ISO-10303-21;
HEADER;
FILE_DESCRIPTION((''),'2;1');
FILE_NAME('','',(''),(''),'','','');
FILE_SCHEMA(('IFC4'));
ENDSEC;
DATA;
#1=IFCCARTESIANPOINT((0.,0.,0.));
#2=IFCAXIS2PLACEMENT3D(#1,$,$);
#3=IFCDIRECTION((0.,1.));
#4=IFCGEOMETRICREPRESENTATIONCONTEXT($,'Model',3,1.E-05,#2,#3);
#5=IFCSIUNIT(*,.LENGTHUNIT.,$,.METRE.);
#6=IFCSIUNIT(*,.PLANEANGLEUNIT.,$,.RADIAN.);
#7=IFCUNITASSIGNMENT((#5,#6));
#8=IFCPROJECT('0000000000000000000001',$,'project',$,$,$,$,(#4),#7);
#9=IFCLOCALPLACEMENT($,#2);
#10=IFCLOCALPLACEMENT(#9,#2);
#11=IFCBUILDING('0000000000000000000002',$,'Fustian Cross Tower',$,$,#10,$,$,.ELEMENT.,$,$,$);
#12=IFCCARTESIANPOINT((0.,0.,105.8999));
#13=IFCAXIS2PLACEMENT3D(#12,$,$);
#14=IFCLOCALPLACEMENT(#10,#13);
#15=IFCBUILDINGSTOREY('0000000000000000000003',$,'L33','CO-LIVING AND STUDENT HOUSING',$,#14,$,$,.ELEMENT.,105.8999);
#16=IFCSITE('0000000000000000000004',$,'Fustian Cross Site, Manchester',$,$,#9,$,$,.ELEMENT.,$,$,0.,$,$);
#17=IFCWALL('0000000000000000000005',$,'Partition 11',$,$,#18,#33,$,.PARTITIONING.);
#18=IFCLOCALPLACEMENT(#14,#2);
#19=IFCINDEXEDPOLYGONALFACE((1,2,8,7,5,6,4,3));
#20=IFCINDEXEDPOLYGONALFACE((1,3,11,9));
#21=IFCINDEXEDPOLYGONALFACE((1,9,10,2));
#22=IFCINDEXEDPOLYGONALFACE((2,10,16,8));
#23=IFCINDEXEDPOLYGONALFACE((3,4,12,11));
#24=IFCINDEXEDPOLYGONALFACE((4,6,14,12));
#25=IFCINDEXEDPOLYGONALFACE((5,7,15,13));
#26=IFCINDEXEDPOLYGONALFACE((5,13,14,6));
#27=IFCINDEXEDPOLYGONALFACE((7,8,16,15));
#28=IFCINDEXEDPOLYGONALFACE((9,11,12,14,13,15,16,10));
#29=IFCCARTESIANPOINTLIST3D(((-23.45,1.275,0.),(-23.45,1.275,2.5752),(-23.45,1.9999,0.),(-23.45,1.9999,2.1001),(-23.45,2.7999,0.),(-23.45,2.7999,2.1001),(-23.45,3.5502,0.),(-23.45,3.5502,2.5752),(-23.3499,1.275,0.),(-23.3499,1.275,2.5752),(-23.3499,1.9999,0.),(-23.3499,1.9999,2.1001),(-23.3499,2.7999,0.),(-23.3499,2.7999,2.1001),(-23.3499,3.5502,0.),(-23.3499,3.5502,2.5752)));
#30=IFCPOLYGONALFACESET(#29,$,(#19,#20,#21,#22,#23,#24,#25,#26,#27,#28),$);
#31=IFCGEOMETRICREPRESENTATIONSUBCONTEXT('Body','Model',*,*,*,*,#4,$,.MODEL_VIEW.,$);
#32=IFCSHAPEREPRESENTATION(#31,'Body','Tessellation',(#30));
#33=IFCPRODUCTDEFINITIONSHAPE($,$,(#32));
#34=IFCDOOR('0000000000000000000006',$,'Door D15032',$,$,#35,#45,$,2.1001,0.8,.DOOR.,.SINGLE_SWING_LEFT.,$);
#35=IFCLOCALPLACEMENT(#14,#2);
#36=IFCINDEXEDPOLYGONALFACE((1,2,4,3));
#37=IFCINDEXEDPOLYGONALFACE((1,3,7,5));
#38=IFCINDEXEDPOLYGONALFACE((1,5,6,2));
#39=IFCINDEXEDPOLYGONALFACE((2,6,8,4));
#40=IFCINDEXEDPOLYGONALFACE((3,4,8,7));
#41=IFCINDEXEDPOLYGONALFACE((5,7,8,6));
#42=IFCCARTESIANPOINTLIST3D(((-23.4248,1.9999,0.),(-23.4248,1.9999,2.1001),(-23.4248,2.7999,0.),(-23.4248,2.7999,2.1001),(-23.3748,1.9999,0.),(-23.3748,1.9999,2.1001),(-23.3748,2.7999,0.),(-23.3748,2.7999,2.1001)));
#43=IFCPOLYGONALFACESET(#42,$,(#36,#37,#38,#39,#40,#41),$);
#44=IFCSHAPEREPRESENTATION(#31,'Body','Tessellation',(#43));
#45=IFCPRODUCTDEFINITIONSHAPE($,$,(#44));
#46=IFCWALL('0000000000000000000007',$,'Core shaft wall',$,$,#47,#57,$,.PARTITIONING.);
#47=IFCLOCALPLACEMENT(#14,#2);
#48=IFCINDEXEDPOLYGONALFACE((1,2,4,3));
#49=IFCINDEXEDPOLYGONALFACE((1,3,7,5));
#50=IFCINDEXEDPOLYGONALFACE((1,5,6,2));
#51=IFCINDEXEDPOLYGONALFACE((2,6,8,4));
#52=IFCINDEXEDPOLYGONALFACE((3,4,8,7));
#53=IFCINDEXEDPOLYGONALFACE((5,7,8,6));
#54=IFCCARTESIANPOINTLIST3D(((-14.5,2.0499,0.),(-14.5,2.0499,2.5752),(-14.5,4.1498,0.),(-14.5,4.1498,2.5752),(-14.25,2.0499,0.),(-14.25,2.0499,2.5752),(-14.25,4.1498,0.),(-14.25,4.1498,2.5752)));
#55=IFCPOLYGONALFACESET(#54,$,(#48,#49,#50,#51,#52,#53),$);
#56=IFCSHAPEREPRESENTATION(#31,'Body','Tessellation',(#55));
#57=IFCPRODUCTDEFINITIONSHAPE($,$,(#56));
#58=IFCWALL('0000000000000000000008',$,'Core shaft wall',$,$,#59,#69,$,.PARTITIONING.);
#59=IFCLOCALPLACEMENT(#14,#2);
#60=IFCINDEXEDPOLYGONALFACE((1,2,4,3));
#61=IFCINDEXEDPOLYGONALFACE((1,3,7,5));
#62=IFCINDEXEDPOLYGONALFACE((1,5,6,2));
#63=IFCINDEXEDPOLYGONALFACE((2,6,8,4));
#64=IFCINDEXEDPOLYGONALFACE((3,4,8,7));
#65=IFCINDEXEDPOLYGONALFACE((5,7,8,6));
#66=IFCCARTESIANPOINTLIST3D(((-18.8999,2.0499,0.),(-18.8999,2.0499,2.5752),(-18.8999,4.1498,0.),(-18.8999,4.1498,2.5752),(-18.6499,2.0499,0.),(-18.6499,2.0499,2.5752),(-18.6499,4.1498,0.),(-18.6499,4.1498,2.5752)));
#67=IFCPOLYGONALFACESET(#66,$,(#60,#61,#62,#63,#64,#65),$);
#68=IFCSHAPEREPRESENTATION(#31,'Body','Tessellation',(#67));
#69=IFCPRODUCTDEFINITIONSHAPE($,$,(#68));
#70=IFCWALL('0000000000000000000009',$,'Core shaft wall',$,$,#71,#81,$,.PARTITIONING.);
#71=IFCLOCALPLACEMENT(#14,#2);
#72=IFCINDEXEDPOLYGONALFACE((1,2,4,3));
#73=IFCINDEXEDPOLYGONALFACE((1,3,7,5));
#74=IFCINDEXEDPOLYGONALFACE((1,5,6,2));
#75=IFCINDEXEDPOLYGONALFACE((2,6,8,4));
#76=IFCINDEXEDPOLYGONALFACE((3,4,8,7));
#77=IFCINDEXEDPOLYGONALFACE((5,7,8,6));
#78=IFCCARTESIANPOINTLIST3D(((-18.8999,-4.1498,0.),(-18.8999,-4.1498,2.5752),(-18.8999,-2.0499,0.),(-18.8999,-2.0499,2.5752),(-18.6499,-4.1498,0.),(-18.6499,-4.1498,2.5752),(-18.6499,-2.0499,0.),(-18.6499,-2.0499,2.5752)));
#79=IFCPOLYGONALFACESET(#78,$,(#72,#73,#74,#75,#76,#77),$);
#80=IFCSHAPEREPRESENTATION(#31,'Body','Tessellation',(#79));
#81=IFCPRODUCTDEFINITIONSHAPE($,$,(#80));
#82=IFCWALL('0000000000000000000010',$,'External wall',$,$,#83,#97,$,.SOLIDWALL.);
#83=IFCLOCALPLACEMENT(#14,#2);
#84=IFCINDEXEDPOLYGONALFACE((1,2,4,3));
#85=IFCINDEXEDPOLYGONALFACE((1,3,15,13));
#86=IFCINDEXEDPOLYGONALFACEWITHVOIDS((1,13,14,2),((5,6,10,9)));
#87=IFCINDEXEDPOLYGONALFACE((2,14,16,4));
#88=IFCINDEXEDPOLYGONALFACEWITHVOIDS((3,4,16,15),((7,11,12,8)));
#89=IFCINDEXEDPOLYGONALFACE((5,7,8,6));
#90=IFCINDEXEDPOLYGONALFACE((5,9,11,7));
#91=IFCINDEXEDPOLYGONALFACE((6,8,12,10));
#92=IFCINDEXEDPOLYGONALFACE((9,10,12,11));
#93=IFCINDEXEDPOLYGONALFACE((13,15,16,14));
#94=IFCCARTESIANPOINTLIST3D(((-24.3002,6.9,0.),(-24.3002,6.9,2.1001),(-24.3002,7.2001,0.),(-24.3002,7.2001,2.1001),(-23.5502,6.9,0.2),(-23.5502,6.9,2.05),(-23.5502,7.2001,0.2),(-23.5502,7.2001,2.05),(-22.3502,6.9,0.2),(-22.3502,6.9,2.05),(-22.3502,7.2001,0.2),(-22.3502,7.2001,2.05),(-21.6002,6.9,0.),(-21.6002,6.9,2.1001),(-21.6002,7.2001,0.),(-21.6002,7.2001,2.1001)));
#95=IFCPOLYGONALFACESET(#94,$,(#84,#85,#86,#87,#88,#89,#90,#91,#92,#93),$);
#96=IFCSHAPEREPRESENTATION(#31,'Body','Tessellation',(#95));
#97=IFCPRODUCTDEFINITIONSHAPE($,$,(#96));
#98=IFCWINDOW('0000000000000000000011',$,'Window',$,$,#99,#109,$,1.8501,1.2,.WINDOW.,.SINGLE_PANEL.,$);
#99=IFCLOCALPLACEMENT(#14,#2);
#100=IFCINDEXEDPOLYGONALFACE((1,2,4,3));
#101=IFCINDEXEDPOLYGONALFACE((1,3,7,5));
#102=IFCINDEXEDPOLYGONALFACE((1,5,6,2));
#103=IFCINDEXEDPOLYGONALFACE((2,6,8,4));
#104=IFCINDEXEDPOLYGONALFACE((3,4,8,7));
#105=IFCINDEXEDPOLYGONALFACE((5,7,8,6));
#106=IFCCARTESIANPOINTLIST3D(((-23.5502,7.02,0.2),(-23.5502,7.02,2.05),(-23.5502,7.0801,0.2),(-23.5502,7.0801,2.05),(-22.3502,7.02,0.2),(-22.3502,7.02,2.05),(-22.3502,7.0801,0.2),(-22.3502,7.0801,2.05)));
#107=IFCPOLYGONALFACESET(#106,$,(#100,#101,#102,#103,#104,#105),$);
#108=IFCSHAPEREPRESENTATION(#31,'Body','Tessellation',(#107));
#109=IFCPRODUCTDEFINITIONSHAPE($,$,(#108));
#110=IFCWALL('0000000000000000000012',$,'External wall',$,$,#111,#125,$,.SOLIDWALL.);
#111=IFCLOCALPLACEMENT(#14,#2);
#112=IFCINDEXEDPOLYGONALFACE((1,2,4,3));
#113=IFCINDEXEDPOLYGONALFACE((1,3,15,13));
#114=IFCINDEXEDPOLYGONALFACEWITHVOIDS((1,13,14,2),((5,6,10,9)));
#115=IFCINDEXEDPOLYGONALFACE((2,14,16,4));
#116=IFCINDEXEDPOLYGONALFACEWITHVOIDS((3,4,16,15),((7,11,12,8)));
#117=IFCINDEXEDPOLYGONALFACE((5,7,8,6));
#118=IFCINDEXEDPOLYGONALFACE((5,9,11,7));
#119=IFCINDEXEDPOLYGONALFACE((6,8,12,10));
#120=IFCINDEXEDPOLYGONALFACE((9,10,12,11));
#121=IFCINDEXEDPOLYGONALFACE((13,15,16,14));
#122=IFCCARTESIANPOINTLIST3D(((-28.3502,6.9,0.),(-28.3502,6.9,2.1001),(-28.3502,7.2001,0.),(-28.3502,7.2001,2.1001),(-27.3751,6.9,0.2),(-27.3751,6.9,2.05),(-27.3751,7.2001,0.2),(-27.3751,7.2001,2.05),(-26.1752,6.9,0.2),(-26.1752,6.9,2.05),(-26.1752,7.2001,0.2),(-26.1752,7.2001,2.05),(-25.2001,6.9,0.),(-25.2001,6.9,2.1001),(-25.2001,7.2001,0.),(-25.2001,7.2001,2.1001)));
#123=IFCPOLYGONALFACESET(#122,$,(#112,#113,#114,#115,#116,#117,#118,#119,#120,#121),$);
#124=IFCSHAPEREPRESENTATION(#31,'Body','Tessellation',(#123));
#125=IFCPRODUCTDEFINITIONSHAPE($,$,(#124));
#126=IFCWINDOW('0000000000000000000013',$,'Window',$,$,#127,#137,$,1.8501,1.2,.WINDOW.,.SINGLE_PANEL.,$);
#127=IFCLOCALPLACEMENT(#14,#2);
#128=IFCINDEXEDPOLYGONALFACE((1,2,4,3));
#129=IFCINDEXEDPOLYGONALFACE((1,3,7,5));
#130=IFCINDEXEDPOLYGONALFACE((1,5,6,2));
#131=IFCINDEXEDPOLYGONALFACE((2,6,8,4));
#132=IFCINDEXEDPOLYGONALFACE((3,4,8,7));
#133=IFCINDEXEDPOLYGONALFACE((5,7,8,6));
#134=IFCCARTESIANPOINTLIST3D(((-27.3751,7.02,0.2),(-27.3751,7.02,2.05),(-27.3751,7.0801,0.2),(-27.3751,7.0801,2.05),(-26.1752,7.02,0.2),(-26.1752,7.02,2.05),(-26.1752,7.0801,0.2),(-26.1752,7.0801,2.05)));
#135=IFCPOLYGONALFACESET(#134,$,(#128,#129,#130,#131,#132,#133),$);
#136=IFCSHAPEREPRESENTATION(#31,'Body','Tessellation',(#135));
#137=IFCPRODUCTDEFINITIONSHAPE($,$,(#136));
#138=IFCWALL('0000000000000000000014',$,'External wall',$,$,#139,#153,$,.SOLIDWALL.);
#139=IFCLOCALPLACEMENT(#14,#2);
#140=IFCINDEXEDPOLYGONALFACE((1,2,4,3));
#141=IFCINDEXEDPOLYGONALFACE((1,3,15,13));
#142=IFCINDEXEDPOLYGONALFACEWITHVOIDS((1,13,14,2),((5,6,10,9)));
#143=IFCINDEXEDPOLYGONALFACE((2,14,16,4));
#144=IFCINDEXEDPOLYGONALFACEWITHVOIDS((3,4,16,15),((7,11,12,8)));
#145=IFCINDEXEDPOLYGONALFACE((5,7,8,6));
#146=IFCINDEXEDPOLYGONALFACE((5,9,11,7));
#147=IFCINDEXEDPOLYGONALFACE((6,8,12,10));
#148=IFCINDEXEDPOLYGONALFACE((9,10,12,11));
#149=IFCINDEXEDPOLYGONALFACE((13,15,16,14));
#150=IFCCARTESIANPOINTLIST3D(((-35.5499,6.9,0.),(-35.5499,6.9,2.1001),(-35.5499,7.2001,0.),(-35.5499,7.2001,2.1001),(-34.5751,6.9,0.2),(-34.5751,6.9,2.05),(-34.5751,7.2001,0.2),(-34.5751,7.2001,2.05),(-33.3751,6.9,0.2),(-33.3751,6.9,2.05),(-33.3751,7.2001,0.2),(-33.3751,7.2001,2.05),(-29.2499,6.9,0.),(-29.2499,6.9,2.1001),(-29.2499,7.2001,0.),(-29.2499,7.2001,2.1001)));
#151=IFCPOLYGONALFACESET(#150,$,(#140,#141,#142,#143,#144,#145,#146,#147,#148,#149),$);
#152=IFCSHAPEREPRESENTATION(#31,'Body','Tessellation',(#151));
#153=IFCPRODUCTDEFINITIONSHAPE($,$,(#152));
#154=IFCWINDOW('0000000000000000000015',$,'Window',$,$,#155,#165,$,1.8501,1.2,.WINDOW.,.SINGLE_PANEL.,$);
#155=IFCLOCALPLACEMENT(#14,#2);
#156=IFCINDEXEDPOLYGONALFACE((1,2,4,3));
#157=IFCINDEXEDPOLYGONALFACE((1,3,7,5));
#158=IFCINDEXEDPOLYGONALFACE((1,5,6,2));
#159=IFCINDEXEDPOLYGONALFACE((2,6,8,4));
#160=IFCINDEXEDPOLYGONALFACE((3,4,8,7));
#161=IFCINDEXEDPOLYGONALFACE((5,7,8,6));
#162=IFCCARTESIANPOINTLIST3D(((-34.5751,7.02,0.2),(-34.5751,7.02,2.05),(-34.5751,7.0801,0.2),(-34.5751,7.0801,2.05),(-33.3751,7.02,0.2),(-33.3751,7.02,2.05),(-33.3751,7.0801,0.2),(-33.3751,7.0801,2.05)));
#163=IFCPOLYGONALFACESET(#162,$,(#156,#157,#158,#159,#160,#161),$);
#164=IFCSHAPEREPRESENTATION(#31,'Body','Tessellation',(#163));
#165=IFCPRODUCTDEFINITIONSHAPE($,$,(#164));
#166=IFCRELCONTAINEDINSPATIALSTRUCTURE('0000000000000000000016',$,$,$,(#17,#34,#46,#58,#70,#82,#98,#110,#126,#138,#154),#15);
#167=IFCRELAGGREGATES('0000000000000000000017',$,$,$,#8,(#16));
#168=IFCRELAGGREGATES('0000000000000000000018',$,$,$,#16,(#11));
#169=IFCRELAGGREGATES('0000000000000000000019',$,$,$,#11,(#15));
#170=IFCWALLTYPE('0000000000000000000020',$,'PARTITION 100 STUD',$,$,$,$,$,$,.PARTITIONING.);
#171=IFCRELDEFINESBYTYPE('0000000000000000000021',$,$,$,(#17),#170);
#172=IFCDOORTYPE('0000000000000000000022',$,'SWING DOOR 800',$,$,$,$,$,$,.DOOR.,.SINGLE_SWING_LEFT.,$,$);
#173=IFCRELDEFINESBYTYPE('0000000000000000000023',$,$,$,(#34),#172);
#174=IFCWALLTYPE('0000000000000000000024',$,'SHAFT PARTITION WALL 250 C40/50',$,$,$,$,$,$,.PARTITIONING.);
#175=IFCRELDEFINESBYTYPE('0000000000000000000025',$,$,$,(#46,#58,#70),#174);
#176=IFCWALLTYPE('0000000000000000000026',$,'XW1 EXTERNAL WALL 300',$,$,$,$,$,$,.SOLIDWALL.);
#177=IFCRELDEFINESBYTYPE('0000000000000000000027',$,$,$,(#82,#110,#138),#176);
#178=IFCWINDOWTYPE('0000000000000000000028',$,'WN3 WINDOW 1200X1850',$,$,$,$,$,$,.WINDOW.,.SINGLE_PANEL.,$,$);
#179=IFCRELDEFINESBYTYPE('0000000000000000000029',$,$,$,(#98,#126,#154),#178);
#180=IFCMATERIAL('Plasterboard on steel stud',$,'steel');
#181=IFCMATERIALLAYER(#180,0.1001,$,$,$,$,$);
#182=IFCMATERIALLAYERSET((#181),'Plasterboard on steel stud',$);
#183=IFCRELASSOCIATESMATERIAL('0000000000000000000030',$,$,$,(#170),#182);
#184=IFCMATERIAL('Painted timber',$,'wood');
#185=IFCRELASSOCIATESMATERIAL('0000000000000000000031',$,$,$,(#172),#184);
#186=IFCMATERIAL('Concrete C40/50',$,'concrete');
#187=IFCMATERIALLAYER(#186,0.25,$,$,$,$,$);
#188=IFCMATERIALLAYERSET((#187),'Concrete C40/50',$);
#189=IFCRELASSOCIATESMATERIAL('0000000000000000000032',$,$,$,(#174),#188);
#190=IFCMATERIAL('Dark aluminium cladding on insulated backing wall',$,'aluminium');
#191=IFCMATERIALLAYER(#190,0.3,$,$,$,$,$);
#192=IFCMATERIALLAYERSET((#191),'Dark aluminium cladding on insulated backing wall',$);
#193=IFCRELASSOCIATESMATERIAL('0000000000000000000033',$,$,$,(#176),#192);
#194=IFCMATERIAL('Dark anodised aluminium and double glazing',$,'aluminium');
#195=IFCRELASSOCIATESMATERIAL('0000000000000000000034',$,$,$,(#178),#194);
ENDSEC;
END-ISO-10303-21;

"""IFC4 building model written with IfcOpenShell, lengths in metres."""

from ifc_helpers import new_model, si_unit, direction, frame, frame_2d, origin, place, context, subcontext, project, spatial, rectangle, extrude, material, layer, layer_set, type_object, element, fill, save


model = new_model("IFC4")

# Units and contexts
model_context = context("Model", 3, precision=1e-05, world=origin(), true_north=direction((0.0, 1.0)))
body_context = subcontext(model_context, "Body", "Model", "MODEL_VIEW")
ifc_project = project(units=[si_unit("LENGTHUNIT", "METRE"), si_unit("PLANEANGLEUNIT", "RADIAN")], contexts=[model_context])

# Site, building, storey
site_placement = place(None, origin())
site = spatial("IfcSite", under=ifc_project, at=site_placement, Name="Fustian Cross Site, Manchester", CompositionType="ELEMENT", RefElevation=0.0)
building_placement = place(site_placement, origin())
building = spatial("IfcBuilding", under=site, at=building_placement, Name="Fustian Cross Tower", CompositionType="ELEMENT")
storey_placement = place(building_placement, frame((0.0, 0.0, 105.8999)))
storey = spatial("IfcBuildingStorey", under=building, at=storey_placement, Name="L33", Description="CO-LIVING AND STUDENT HOUSING", CompositionType="ELEMENT", Elevation=105.8999)

# Shared definitions
ifc_material_1 = material(Name="Plasterboard on steel stud", Category="steel")
ifc_layer_1 = layer(ifc_material_1, 0.1001)
ifc_layer_set_1 = layer_set([ifc_layer_1], Name="Plasterboard on steel stud")
wall_type_1 = type_object("IfcWallType", Name="PARTITION 100 STUD", PredefinedType="PARTITIONING", material=ifc_layer_set_1)

# Wall, opening, door
wall_1_placement = place(storey_placement, frame((-23.3999, 1.2749, 0.0), z_axis=(0.0, 0.0, 1.0), x_axis=(0.0, 1.0, 0.0)))
wall_1 = element("IfcWall", 1, at=wall_1_placement, inside=storey, type_object=wall_type_1, Name="Partition 11", PredefinedType="PARTITIONING", context=body_context, shape_type="SweptSolid", body=[
    extrude(rectangle(XDim=2.2751, YDim=0.1001, at=frame_2d((1.1377, 0.0))), origin(), (0.0, 0.0, 1.0), 2.5752),
])
opening_1_placement = place(wall_1_placement, frame((0.7251, 0.0, 0.0)))
opening_1 = element("IfcOpeningElement", 2, at=opening_1_placement, cuts=wall_1, PredefinedType="OPENING", context=body_context, shape_type="SweptSolid", body=[
    extrude(rectangle(XDim=0.8, YDim=2.1001, at=frame_2d((0.3999, 1.05))), frame((0.0, 0.0601, 0.0), z_axis=(0.0, -1.0, 0.0), x_axis=(1.0, 0.0, 0.0)), (0.0, 0.0, 1.0), 0.1201),
])
ifc_material_2 = material(Name="Painted timber", Category="wood")
door_type_1 = type_object("IfcDoorType", Name="SWING DOOR 800", OperationType="SINGLE_SWING_LEFT", PredefinedType="DOOR", material=ifc_material_2)
door_1_placement = place(opening_1_placement, origin())
door_1 = element("IfcDoor", 3, at=door_1_placement, inside=storey, type_object=door_type_1, Name="Door D15032", OperationType="SINGLE_SWING_LEFT", OverallHeight=2.1001, OverallWidth=0.8, PredefinedType="DOOR", context=body_context, shape_type="SweptSolid", body=[
    extrude(rectangle(XDim=0.8, YDim=2.1001, at=frame_2d((0.3999, 1.05))), frame((0.0, 0.0249, 0.0), z_axis=(0.0, -1.0, 0.0), x_axis=(1.0, 0.0, 0.0)), (0.0, 0.0, 1.0), 0.05),
])
fill(opening_1, door_1)

# Walls
ifc_material_3 = material(Name="Concrete C40/50", Category="concrete")
ifc_layer_2 = layer(ifc_material_3, 0.25)
ifc_layer_set_2 = layer_set([ifc_layer_2], Name="Concrete C40/50")
wall_type_2 = type_object("IfcWallType", Name="SHAFT PARTITION WALL 250 C40/50", PredefinedType="PARTITIONING", material=ifc_layer_set_2)
for number, where, z_axis, x_axis, name in (
    (4, (-14.375, 2.05, 0.0), (0.0, 0.0, 1.0), (0.0, 1.0, 0.0), "Core shaft wall"),
    (5, (-18.7749, 2.05, 0.0), (0.0, 0.0, 1.0), (0.0, 1.0, 0.0), "Core shaft wall"),
    (6, (-18.7749, -2.05, 0.0), (0.0, 0.0, 1.0), (0.0, -1.0, 0.0), "Core shaft wall"),
):
    element("IfcWall", number, at=place(storey_placement, frame(where, z_axis=z_axis, x_axis=x_axis)), inside=storey, type_object=wall_type_2, Name=name, PredefinedType="PARTITIONING", context=body_context, shape_type="SweptSolid", body=[
        extrude(rectangle(XDim=2.0999, YDim=0.25, at=frame_2d((1.0498, 0.0))), origin(), (0.0, 0.0, 1.0), 2.5752),
    ])

# Walls, openings, windows
ifc_material_4 = material(Name="Dark aluminium cladding on insulated backing wall", Category="aluminium")
ifc_layer_3 = layer(ifc_material_4, 0.3)
ifc_layer_set_3 = layer_set([ifc_layer_3], Name="Dark aluminium cladding on insulated backing wall")
wall_type_3 = type_object("IfcWallType", Name="XW1 EXTERNAL WALL 300", PredefinedType="SOLIDWALL", material=ifc_layer_set_3)
wall_2_placement = place(storey_placement, frame((-21.6001, 7.05, 0.0), z_axis=(0.0, 0.0, 1.0), x_axis=(-1.0, 0.0, 0.0)))
wall_2 = element("IfcWall", 7, at=wall_2_placement, inside=storey, type_object=wall_type_3, Name="External wall", PredefinedType="SOLIDWALL", context=body_context, shape_type="SweptSolid", body=[
    extrude(rectangle(XDim=2.7, YDim=0.3, at=frame_2d((1.3501, 0.0))), origin(), (0.0, 0.0, 1.0), 2.1001),
])
opening_2_placement = place(wall_2_placement, frame((0.75, 0.0, 0.2)))
opening_2 = element("IfcOpeningElement", 8, at=opening_2_placement, cuts=wall_2, PredefinedType="OPENING", context=body_context, shape_type="SweptSolid", body=[
    extrude(rectangle(XDim=1.2, YDim=1.8501, at=frame_2d((0.6001, 0.925))), frame((0.0, 0.1599, 0.0), z_axis=(0.0, -1.0, 0.0), x_axis=(1.0, 0.0, 0.0)), (0.0, 0.0, 1.0), 0.3201),
])
ifc_material_5 = material(Name="Dark anodised aluminium and double glazing", Category="aluminium")
window_type = type_object("IfcWindowType", Name="WN3 WINDOW 1200X1850", PartitioningType="SINGLE_PANEL", PredefinedType="WINDOW", material=ifc_material_5)
window_1_placement = place(opening_2_placement, origin())
window_1 = element("IfcWindow", 9, at=window_1_placement, inside=storey, type_object=window_type, Name="Window", OverallHeight=1.8501, OverallWidth=1.2, PartitioningType="SINGLE_PANEL", PredefinedType="WINDOW", context=body_context, shape_type="SweptSolid", body=[
    extrude(rectangle(XDim=1.2, YDim=1.8501, at=frame_2d((0.6001, 0.925))), frame((0.0, 0.03, 0.0), z_axis=(0.0, -1.0, 0.0), x_axis=(1.0, 0.0, 0.0)), (0.0, 0.0, 1.0), 0.0601),
])
fill(opening_2, window_1)
wall_3_placement = place(storey_placement, frame((-25.2, 7.05, 0.0), z_axis=(0.0, 0.0, 1.0), x_axis=(-1.0, 0.0, 0.0)))
wall_3 = element("IfcWall", 10, at=wall_3_placement, inside=storey, type_object=wall_type_3, Name="External wall", PredefinedType="SOLIDWALL", context=body_context, shape_type="SweptSolid", body=[
    extrude(rectangle(XDim=3.1501, YDim=0.3, at=frame_2d((1.5752, 0.0))), origin(), (0.0, 0.0, 1.0), 2.1001),
])
opening_3_placement = place(wall_3_placement, frame((0.9751, 0.0, 0.2)))
opening_3 = element("IfcOpeningElement", 11, at=opening_3_placement, cuts=wall_3, PredefinedType="OPENING", context=body_context, shape_type="SweptSolid", body=[
    extrude(rectangle(XDim=1.2, YDim=1.8501, at=frame_2d((0.6001, 0.925))), frame((0.0, 0.1599, 0.0), z_axis=(0.0, -1.0, 0.0), x_axis=(1.0, 0.0, 0.0)), (0.0, 0.0, 1.0), 0.3201),
])
window_2_placement = place(opening_3_placement, origin())
window_2 = element("IfcWindow", 12, at=window_2_placement, inside=storey, type_object=window_type, Name="Window", OverallHeight=1.8501, OverallWidth=1.2, PartitioningType="SINGLE_PANEL", PredefinedType="WINDOW", context=body_context, shape_type="SweptSolid", body=[
    extrude(rectangle(XDim=1.2, YDim=1.8501, at=frame_2d((0.6001, 0.925))), frame((0.0, 0.03, 0.0), z_axis=(0.0, -1.0, 0.0), x_axis=(1.0, 0.0, 0.0)), (0.0, 0.0, 1.0), 0.0601),
])
fill(opening_3, window_2)
wall_4_placement = place(storey_placement, frame((-29.25, 7.05, 0.0), z_axis=(0.0, 0.0, 1.0), x_axis=(-1.0, 0.0, 0.0)))
wall_4 = element("IfcWall", 13, at=wall_4_placement, inside=storey, type_object=wall_type_3, Name="External wall", PredefinedType="SOLIDWALL", context=body_context, shape_type="SweptSolid", body=[
    extrude(rectangle(XDim=6.3, YDim=0.3, at=frame_2d((3.1499, 0.0))), origin(), (0.0, 0.0, 1.0), 2.1001),
])
opening_4_placement = place(wall_4_placement, frame((4.125, 0.0, 0.2)))
opening_4 = element("IfcOpeningElement", 14, at=opening_4_placement, cuts=wall_4, PredefinedType="OPENING", context=body_context, shape_type="SweptSolid", body=[
    extrude(rectangle(XDim=1.2, YDim=1.8501, at=frame_2d((0.6001, 0.925))), frame((0.0, 0.1599, 0.0), z_axis=(0.0, -1.0, 0.0), x_axis=(1.0, 0.0, 0.0)), (0.0, 0.0, 1.0), 0.3201),
])
window_3_placement = place(opening_4_placement, origin())
window_3 = element("IfcWindow", 15, at=window_3_placement, inside=storey, type_object=window_type, Name="Window", OverallHeight=1.8501, OverallWidth=1.2, PartitioningType="SINGLE_PANEL", PredefinedType="WINDOW", context=body_context, shape_type="SweptSolid", body=[
    extrude(rectangle(XDim=1.2, YDim=1.8501, at=frame_2d((0.6001, 0.925))), frame((0.0, 0.03, 0.0), z_axis=(0.0, -1.0, 0.0), x_axis=(1.0, 0.0, 0.0)), (0.0, 0.0, 1.0), 0.0601),
])
fill(opening_4, window_3)

save(model, "model.ifc")
